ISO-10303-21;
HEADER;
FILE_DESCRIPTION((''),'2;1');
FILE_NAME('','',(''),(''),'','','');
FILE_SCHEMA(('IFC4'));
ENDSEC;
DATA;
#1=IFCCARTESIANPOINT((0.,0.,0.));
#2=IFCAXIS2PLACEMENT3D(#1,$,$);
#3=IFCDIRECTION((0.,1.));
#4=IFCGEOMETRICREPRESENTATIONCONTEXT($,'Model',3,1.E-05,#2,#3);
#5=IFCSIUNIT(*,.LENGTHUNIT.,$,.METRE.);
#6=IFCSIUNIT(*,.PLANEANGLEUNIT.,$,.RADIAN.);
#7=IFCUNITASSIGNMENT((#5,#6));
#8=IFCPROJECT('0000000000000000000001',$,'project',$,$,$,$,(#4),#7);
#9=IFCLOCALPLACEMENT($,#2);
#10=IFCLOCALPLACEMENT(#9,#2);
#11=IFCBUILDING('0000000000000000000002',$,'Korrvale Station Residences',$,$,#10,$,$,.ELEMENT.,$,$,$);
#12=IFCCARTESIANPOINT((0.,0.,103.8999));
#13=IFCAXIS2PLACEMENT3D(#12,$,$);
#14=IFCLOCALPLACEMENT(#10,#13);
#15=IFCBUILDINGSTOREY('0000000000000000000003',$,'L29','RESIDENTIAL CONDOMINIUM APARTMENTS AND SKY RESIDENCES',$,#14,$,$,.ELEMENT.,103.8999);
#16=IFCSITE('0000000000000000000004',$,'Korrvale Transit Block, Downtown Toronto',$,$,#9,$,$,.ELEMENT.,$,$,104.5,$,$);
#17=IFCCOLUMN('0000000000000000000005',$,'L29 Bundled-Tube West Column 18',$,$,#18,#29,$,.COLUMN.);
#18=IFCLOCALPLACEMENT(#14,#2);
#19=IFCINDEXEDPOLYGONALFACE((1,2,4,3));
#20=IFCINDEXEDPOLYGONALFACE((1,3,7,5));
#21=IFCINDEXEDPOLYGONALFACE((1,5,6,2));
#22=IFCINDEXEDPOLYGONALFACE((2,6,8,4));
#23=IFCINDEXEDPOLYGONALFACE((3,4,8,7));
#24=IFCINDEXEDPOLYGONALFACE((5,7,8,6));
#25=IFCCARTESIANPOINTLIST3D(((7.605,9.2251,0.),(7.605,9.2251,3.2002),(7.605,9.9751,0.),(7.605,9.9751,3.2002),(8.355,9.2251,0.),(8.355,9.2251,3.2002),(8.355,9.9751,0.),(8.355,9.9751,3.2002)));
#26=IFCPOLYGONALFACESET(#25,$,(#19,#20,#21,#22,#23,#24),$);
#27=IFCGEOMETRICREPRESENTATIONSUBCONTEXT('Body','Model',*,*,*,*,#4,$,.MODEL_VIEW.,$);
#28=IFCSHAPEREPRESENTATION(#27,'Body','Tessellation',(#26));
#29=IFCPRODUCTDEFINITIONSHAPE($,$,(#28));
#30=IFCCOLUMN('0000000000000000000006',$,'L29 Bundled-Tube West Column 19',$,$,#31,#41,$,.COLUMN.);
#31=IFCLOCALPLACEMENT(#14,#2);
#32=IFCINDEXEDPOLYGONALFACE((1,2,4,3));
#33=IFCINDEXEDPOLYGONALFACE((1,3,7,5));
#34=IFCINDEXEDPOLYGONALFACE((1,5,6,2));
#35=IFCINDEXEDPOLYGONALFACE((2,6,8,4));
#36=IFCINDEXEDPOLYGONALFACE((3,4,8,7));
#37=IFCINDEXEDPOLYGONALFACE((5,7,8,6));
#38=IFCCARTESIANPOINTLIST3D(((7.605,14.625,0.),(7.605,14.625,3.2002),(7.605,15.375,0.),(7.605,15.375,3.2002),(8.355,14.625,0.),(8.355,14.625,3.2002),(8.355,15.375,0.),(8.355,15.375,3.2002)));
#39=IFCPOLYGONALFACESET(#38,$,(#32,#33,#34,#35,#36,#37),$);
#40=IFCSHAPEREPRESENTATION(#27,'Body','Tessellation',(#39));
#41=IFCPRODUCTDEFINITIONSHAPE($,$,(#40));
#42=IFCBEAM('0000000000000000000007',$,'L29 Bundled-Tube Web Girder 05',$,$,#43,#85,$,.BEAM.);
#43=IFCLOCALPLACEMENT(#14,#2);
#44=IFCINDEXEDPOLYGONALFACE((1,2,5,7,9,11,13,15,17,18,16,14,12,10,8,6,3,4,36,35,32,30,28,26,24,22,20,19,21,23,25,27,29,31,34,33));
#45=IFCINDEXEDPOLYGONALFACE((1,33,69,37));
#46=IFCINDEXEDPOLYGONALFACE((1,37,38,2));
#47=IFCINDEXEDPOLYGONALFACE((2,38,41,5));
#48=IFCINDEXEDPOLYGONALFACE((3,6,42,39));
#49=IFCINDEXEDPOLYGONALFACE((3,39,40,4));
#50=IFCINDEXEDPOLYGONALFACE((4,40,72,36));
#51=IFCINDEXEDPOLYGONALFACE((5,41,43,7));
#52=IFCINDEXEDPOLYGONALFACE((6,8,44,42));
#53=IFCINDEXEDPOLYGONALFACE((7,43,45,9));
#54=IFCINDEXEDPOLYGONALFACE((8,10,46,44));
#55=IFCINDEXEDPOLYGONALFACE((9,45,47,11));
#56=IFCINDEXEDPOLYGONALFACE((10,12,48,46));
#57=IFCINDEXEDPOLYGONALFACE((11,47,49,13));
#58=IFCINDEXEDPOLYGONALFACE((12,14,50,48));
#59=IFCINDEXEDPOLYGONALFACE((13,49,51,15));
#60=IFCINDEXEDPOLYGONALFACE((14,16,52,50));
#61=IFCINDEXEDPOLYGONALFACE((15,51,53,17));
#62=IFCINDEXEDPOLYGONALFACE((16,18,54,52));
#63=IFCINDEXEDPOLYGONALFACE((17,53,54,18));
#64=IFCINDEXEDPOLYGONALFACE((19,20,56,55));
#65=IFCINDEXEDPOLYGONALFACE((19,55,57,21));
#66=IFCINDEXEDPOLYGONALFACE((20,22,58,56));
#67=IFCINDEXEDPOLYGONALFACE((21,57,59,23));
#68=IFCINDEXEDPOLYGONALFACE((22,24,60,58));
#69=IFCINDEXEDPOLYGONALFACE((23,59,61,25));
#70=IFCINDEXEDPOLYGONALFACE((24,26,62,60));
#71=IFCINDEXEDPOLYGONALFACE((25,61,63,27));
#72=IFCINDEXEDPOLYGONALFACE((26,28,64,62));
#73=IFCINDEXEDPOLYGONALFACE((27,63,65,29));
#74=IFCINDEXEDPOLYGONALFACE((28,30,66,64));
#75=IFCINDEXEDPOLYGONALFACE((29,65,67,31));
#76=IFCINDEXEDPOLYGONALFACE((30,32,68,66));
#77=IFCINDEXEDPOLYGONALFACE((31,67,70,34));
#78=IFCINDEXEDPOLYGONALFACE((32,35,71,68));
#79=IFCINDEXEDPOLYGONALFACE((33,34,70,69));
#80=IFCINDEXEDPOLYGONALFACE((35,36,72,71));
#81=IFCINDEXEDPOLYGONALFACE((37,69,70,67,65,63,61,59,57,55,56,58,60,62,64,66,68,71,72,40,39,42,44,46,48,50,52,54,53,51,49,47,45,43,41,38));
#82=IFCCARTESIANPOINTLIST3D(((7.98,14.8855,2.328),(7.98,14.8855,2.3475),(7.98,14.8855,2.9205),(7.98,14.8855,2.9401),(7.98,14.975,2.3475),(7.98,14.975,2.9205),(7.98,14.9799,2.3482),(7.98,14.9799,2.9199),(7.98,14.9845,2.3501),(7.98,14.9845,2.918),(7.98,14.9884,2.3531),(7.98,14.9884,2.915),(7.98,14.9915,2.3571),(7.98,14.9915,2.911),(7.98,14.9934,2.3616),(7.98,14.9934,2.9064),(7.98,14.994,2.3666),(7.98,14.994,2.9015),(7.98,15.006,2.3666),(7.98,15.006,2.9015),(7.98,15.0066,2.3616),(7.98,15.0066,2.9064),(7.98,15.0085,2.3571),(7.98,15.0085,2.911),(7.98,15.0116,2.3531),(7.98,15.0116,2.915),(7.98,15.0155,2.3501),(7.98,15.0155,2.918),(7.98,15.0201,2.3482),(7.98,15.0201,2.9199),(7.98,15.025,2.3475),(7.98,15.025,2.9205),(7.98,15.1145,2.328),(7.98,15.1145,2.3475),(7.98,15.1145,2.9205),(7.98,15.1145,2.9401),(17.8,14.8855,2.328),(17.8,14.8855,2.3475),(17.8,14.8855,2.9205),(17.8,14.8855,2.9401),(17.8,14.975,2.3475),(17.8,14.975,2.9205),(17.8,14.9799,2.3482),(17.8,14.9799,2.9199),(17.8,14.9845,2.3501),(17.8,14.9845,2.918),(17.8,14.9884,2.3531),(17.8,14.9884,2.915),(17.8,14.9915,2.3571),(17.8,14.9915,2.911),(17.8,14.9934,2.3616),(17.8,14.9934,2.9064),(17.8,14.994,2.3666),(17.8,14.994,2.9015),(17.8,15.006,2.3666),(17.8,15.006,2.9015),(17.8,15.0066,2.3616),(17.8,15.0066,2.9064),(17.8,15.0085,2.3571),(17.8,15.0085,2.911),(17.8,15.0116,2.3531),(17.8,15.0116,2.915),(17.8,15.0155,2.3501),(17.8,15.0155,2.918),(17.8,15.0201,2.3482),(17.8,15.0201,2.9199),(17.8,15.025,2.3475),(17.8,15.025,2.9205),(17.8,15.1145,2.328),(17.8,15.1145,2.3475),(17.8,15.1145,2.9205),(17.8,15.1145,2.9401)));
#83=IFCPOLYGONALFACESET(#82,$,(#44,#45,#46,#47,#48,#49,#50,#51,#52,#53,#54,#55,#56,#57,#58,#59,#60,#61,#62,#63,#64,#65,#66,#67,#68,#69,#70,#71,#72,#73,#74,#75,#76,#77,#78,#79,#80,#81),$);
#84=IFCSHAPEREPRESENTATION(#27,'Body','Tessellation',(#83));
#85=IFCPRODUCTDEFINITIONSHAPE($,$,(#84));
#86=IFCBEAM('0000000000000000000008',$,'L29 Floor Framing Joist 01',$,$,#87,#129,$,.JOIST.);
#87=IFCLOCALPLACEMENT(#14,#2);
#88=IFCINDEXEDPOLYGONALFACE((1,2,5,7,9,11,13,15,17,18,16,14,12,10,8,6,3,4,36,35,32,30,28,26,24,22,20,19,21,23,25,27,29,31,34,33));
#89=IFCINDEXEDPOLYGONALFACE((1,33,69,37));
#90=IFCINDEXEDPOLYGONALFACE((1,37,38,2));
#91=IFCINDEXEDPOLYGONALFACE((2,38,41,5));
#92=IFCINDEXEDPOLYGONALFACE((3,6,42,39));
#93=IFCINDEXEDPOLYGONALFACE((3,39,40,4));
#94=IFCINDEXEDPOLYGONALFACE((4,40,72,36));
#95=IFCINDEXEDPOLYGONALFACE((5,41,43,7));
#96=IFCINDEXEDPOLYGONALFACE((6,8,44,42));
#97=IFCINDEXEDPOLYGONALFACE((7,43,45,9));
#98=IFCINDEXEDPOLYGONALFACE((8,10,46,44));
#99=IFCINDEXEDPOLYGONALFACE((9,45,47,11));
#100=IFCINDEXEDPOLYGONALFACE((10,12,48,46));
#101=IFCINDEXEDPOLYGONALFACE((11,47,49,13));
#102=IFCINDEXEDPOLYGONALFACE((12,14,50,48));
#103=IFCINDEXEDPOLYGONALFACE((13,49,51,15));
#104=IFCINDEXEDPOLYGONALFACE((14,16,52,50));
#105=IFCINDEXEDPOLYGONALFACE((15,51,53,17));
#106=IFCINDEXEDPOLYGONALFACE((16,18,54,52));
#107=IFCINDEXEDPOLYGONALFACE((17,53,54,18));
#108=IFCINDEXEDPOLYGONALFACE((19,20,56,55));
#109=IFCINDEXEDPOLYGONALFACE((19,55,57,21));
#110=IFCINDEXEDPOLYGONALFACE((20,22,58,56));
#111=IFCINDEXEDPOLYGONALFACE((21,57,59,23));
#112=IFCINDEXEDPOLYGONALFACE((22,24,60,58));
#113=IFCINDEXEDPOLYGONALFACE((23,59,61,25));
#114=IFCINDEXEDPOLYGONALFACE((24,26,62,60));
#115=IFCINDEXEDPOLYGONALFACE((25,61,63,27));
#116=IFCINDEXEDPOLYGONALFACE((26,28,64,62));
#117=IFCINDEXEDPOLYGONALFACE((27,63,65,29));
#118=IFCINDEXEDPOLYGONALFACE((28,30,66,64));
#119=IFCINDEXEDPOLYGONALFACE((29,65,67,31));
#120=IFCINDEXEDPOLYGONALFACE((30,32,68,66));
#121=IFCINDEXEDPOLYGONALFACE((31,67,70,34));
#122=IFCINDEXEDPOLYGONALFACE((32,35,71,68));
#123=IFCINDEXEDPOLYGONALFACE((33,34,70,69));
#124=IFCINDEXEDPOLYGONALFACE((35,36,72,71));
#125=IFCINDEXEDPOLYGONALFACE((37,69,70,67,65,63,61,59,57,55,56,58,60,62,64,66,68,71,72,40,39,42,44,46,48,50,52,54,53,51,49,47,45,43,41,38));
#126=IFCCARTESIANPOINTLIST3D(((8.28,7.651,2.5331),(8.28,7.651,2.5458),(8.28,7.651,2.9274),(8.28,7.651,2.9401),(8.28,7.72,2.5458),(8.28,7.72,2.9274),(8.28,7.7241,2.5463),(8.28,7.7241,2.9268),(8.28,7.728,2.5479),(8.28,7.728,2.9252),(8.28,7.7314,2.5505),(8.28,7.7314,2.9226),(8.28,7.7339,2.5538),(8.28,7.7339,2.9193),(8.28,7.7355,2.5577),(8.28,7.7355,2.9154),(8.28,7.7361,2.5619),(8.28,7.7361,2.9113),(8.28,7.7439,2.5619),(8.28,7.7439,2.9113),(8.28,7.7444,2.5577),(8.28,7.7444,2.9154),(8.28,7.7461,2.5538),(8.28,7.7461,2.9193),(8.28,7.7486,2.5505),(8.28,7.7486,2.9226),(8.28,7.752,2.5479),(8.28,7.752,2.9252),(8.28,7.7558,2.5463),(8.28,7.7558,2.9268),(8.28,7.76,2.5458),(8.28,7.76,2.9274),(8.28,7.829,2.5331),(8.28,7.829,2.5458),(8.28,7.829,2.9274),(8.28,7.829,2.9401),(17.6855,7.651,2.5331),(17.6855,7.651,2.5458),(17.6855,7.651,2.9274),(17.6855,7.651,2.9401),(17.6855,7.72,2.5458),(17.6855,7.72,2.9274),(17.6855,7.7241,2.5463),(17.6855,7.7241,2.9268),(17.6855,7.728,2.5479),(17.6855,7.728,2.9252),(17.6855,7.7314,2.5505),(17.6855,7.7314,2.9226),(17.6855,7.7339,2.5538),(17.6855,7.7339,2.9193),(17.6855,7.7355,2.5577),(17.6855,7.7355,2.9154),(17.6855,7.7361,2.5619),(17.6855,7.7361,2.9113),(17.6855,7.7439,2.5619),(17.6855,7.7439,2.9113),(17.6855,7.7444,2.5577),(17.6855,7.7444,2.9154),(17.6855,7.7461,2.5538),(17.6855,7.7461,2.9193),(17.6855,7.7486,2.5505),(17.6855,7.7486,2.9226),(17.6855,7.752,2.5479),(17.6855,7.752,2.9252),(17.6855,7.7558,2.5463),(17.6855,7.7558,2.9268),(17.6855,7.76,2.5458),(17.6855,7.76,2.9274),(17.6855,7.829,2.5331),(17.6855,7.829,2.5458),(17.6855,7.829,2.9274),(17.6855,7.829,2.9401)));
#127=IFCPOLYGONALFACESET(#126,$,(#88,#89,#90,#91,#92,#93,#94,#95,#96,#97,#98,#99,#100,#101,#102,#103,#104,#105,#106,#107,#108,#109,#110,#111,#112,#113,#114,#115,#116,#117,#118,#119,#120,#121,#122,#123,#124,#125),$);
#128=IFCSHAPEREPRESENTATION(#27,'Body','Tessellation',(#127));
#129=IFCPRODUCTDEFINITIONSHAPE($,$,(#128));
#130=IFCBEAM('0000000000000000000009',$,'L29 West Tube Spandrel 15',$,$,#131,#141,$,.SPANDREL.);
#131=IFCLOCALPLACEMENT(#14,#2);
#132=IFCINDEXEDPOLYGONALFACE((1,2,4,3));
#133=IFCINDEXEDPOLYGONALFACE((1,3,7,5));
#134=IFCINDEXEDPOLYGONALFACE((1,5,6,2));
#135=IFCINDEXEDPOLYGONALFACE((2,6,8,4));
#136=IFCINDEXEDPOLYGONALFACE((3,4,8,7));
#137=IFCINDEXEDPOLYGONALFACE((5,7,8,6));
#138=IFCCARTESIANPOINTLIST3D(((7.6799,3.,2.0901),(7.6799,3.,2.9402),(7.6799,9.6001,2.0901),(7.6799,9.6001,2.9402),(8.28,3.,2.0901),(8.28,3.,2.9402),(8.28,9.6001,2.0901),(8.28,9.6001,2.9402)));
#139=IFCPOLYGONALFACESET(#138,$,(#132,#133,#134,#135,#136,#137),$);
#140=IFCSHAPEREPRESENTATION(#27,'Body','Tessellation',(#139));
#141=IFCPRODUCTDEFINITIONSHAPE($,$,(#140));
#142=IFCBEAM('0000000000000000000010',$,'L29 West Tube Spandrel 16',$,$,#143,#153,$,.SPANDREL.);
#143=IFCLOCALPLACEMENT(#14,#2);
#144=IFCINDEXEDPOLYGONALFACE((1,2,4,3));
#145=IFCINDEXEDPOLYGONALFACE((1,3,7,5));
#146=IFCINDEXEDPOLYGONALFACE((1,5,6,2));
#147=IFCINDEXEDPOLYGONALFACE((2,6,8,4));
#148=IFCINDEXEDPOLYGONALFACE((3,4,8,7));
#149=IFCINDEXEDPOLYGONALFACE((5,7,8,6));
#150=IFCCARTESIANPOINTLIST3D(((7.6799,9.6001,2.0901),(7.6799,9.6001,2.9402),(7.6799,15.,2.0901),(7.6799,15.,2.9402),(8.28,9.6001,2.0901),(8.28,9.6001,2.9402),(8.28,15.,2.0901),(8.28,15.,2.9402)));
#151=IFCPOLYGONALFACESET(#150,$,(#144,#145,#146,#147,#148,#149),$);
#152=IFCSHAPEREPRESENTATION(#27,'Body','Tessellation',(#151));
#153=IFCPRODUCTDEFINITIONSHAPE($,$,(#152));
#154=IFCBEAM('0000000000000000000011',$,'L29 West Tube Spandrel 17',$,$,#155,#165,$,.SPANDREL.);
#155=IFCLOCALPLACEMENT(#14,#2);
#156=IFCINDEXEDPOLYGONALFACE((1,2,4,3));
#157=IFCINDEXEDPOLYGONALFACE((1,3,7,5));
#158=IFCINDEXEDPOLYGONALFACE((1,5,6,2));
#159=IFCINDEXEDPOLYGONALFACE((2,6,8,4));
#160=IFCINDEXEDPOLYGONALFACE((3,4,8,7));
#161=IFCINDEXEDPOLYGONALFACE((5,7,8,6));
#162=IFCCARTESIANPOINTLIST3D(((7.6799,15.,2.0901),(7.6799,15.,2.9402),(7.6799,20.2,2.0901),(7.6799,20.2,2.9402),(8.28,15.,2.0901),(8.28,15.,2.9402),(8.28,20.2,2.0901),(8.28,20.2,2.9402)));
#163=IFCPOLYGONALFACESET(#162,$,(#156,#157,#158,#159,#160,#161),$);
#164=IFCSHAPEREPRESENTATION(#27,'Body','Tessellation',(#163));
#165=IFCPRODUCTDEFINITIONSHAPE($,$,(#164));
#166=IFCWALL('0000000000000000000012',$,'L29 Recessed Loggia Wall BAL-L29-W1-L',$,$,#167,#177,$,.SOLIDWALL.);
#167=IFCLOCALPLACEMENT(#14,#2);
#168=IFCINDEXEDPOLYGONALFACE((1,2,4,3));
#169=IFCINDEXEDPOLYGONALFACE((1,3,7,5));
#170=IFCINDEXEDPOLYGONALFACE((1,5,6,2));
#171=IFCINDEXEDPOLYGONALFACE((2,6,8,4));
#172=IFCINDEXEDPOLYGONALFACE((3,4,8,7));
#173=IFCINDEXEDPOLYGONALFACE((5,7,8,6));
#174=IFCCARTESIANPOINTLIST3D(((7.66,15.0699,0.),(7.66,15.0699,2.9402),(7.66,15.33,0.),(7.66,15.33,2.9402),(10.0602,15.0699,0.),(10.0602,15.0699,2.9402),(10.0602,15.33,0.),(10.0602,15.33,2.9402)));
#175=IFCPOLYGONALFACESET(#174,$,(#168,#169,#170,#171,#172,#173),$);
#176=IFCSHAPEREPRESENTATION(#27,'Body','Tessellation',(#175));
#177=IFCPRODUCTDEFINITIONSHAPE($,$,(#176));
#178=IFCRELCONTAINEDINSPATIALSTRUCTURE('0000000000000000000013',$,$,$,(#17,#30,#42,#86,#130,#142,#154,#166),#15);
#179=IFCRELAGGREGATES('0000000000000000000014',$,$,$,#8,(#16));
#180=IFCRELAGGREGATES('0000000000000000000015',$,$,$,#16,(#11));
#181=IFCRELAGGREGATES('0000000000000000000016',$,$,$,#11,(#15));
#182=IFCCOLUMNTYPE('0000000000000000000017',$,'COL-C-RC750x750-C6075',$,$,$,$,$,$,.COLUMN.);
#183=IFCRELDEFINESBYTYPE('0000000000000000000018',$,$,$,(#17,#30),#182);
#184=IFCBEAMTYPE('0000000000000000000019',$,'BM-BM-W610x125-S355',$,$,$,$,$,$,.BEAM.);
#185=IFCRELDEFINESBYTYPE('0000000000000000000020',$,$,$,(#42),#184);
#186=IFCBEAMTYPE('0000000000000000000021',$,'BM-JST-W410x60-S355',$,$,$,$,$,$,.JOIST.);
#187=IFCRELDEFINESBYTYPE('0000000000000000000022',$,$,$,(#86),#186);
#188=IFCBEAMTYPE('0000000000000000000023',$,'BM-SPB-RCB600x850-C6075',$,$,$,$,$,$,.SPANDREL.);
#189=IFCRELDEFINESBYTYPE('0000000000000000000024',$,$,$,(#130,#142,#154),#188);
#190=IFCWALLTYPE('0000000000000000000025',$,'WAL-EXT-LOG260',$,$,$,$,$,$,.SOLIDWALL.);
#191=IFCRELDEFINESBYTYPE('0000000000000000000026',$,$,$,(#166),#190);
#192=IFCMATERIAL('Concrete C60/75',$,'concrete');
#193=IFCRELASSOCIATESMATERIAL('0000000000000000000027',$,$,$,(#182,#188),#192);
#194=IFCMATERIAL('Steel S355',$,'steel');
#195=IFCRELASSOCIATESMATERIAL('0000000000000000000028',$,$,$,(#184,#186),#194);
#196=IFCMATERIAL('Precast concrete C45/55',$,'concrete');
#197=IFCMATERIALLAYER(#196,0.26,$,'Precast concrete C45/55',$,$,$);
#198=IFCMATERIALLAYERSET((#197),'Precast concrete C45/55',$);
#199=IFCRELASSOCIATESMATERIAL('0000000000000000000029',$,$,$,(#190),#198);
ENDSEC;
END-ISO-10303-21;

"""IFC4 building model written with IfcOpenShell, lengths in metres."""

from ifc_helpers import new_model, si_unit, direction, frame, frame_2d, origin, origin_2d, place, context, subcontext, project, spatial, rectangle, i_section, extrude, material, layer, layer_set, material_profile, profile_set, type_object, element, save


model = new_model("IFC4")

# Units and contexts
model_context = context("Model", 3, precision=1e-05, world=origin(), true_north=direction((0.0, 1.0)))
body_context = subcontext(model_context, "Body", "Model", "MODEL_VIEW")
ifc_project = project(units=[si_unit("LENGTHUNIT", "METRE"), si_unit("PLANEANGLEUNIT", "RADIAN")], contexts=[model_context])

# Site, building, storey
site_placement = place(None, origin())
site = spatial("IfcSite", under=ifc_project, at=site_placement, Name="Korrvale Transit Block, Downtown Toronto", CompositionType="ELEMENT", RefElevation=104.5)
building_placement = place(site_placement, origin())
building = spatial("IfcBuilding", under=site, at=building_placement, Name="Korrvale Station Residences", CompositionType="ELEMENT")
storey_placement = place(building_placement, frame((0.0, 0.0, 103.8999)))
storey = spatial("IfcBuildingStorey", under=building, at=storey_placement, Name="L29", Description="RESIDENTIAL CONDOMINIUM APARTMENTS AND SKY RESIDENCES", CompositionType="ELEMENT", Elevation=103.8999)

# Columns
ifc_material_1 = material(Name="Concrete C60/75", Category="concrete")
ifc_material_profile_1 = material_profile(ifc_material_1, rectangle(XDim=0.75, YDim=0.75, at=origin_2d()), Name="RC750x750")
ifc_profile_set_1 = profile_set([ifc_material_profile_1], Name="Concrete C60/75")
column_type = type_object("IfcColumnType", Name="COL-C-RC750x750-C6075", PredefinedType="COLUMN", material=ifc_profile_set_1)
for number, where, z_axis, x_axis, name in (
    (1, (7.98, 9.6001, 0.0), (0.0, 0.0, 1.0), (1.0, 0.0, 0.0), "L29 Bundled-Tube West Column 18"),
    (2, (7.98, 15.0, 0.0), (0.0, 0.0, 1.0), (1.0, 0.0, 0.0), "L29 Bundled-Tube West Column 19"),
):
    element("IfcColumn", number, at=place(storey_placement, frame(where, z_axis=z_axis, x_axis=x_axis)), inside=storey, type_object=column_type, Name=name, PredefinedType="COLUMN", context=body_context, shape_type="SweptSolid", body=[
        extrude(rectangle(XDim=0.75, YDim=0.75, at=origin_2d()), origin(), (0.0, 0.0, 1.0), 3.2002),
    ])

# Beams
ifc_material_2 = material(Name="Steel S355", Category="steel")
ifc_material_profile_2 = material_profile(ifc_material_2, i_section(OverallWidth=0.229, OverallDepth=0.6121, WebThickness=0.012, FlangeThickness=0.0195, FilletRadius=0.019, at=origin_2d()), Name="W610x125")
ifc_profile_set_2 = profile_set([ifc_material_profile_2], Name="Steel S355")
beam_type_1 = type_object("IfcBeamType", Name="BM-BM-W610x125-S355", PredefinedType="BEAM", material=ifc_profile_set_2)
beam_1_placement = place(storey_placement, frame((7.98, 15.0, 2.634), z_axis=(1.0, 0.0, 0.0), x_axis=(0.0, 1.0, 0.0)))
element("IfcBeam", 3, at=beam_1_placement, inside=storey, type_object=beam_type_1, Name="L29 Bundled-Tube Web Girder 05", PredefinedType="BEAM", context=body_context, shape_type="SweptSolid", body=[
    extrude(i_section(OverallWidth=0.229, OverallDepth=0.6121, WebThickness=0.012, FlangeThickness=0.0195, FilletRadius=0.019, at=origin_2d()), origin(), (0.0, 0.0, 1.0), 9.8201),
])
ifc_material_profile_3 = material_profile(ifc_material_2, i_section(OverallWidth=0.178, OverallDepth=0.407, WebThickness=0.0078, FlangeThickness=0.0127, FilletRadius=0.0161, at=origin_2d()), Name="W410x60")
ifc_profile_set_3 = profile_set([ifc_material_profile_3], Name="Steel S355")
beam_type_2 = type_object("IfcBeamType", Name="BM-JST-W410x60-S355", PredefinedType="JOIST", material=ifc_profile_set_3)
beam_2_placement = place(storey_placement, frame((8.28, 7.74, 2.7366), z_axis=(1.0, 0.0, 0.0), x_axis=(0.0, 1.0, 0.0)))
element("IfcBeam", 4, at=beam_2_placement, inside=storey, type_object=beam_type_2, Name="L29 Floor Framing Joist 01", PredefinedType="JOIST", context=body_context, shape_type="SweptSolid", body=[
    extrude(i_section(OverallWidth=0.178, OverallDepth=0.407, WebThickness=0.0078, FlangeThickness=0.0127, FilletRadius=0.0161, at=origin_2d()), origin(), (0.0, 0.0, 1.0), 9.4055),
])
ifc_material_profile_4 = material_profile(ifc_material_1, rectangle(XDim=0.6001, YDim=0.8501, at=origin_2d()), Name="RCB600x850")
ifc_profile_set_4 = profile_set([ifc_material_profile_4], Name="Concrete C60/75")
beam_type_3 = type_object("IfcBeamType", Name="BM-SPB-RCB600x850-C6075", PredefinedType="SPANDREL", material=ifc_profile_set_4)
beam_3_placement = place(storey_placement, frame((7.98, 3.0, 2.5151), z_axis=(0.0, 1.0, 0.0), x_axis=(-1.0, 0.0, 0.0)))
element("IfcBeam", 5, at=beam_3_placement, inside=storey, type_object=beam_type_3, Name="L29 West Tube Spandrel 15", PredefinedType="SPANDREL", context=body_context, shape_type="SweptSolid", body=[
    extrude(rectangle(XDim=0.6001, YDim=0.8501, at=origin_2d()), origin(), (0.0, 0.0, 1.0), 6.6001),
])
beam_4_placement = place(storey_placement, frame((7.98, 9.6001, 2.5151), z_axis=(0.0, 1.0, 0.0), x_axis=(-1.0, 0.0, 0.0)))
element("IfcBeam", 6, at=beam_4_placement, inside=storey, type_object=beam_type_3, Name="L29 West Tube Spandrel 16", PredefinedType="SPANDREL", context=body_context, shape_type="SweptSolid", body=[
    extrude(rectangle(XDim=0.6001, YDim=0.8501, at=origin_2d()), origin(), (0.0, 0.0, 1.0), 5.3999),
])
beam_5_placement = place(storey_placement, frame((7.98, 15.0, 2.5151), z_axis=(0.0, 1.0, 0.0), x_axis=(-1.0, 0.0, 0.0)))
element("IfcBeam", 7, at=beam_5_placement, inside=storey, type_object=beam_type_3, Name="L29 West Tube Spandrel 17", PredefinedType="SPANDREL", context=body_context, shape_type="SweptSolid", body=[
    extrude(rectangle(XDim=0.6001, YDim=0.8501, at=origin_2d()), origin(), (0.0, 0.0, 1.0), 5.2),
])

# Wall
ifc_material_3 = material(Name="Precast concrete C45/55", Category="concrete")
ifc_layer_1 = layer(ifc_material_3, 0.26, Name="Precast concrete C45/55")
ifc_layer_set_1 = layer_set([ifc_layer_1], Name="Precast concrete C45/55")
wall_type_1 = type_object("IfcWallType", Name="WAL-EXT-LOG260", PredefinedType="SOLIDWALL", material=ifc_layer_set_1)
wall_1_placement = place(storey_placement, frame((7.6599, 15.2, 0.0), z_axis=(0.0, 0.0, 1.0), x_axis=(1.0, 0.0, 0.0)))
element("IfcWall", 8, at=wall_1_placement, inside=storey, type_object=wall_type_1, Name="L29 Recessed Loggia Wall BAL-L29-W1-L", PredefinedType="SOLIDWALL", context=body_context, shape_type="SweptSolid", body=[
    extrude(rectangle(XDim=2.4001, YDim=0.26, at=frame_2d((1.2002, 0.0))), origin(), (0.0, 0.0, 1.0), 2.9402),
])

save(model, "model.ifc")
